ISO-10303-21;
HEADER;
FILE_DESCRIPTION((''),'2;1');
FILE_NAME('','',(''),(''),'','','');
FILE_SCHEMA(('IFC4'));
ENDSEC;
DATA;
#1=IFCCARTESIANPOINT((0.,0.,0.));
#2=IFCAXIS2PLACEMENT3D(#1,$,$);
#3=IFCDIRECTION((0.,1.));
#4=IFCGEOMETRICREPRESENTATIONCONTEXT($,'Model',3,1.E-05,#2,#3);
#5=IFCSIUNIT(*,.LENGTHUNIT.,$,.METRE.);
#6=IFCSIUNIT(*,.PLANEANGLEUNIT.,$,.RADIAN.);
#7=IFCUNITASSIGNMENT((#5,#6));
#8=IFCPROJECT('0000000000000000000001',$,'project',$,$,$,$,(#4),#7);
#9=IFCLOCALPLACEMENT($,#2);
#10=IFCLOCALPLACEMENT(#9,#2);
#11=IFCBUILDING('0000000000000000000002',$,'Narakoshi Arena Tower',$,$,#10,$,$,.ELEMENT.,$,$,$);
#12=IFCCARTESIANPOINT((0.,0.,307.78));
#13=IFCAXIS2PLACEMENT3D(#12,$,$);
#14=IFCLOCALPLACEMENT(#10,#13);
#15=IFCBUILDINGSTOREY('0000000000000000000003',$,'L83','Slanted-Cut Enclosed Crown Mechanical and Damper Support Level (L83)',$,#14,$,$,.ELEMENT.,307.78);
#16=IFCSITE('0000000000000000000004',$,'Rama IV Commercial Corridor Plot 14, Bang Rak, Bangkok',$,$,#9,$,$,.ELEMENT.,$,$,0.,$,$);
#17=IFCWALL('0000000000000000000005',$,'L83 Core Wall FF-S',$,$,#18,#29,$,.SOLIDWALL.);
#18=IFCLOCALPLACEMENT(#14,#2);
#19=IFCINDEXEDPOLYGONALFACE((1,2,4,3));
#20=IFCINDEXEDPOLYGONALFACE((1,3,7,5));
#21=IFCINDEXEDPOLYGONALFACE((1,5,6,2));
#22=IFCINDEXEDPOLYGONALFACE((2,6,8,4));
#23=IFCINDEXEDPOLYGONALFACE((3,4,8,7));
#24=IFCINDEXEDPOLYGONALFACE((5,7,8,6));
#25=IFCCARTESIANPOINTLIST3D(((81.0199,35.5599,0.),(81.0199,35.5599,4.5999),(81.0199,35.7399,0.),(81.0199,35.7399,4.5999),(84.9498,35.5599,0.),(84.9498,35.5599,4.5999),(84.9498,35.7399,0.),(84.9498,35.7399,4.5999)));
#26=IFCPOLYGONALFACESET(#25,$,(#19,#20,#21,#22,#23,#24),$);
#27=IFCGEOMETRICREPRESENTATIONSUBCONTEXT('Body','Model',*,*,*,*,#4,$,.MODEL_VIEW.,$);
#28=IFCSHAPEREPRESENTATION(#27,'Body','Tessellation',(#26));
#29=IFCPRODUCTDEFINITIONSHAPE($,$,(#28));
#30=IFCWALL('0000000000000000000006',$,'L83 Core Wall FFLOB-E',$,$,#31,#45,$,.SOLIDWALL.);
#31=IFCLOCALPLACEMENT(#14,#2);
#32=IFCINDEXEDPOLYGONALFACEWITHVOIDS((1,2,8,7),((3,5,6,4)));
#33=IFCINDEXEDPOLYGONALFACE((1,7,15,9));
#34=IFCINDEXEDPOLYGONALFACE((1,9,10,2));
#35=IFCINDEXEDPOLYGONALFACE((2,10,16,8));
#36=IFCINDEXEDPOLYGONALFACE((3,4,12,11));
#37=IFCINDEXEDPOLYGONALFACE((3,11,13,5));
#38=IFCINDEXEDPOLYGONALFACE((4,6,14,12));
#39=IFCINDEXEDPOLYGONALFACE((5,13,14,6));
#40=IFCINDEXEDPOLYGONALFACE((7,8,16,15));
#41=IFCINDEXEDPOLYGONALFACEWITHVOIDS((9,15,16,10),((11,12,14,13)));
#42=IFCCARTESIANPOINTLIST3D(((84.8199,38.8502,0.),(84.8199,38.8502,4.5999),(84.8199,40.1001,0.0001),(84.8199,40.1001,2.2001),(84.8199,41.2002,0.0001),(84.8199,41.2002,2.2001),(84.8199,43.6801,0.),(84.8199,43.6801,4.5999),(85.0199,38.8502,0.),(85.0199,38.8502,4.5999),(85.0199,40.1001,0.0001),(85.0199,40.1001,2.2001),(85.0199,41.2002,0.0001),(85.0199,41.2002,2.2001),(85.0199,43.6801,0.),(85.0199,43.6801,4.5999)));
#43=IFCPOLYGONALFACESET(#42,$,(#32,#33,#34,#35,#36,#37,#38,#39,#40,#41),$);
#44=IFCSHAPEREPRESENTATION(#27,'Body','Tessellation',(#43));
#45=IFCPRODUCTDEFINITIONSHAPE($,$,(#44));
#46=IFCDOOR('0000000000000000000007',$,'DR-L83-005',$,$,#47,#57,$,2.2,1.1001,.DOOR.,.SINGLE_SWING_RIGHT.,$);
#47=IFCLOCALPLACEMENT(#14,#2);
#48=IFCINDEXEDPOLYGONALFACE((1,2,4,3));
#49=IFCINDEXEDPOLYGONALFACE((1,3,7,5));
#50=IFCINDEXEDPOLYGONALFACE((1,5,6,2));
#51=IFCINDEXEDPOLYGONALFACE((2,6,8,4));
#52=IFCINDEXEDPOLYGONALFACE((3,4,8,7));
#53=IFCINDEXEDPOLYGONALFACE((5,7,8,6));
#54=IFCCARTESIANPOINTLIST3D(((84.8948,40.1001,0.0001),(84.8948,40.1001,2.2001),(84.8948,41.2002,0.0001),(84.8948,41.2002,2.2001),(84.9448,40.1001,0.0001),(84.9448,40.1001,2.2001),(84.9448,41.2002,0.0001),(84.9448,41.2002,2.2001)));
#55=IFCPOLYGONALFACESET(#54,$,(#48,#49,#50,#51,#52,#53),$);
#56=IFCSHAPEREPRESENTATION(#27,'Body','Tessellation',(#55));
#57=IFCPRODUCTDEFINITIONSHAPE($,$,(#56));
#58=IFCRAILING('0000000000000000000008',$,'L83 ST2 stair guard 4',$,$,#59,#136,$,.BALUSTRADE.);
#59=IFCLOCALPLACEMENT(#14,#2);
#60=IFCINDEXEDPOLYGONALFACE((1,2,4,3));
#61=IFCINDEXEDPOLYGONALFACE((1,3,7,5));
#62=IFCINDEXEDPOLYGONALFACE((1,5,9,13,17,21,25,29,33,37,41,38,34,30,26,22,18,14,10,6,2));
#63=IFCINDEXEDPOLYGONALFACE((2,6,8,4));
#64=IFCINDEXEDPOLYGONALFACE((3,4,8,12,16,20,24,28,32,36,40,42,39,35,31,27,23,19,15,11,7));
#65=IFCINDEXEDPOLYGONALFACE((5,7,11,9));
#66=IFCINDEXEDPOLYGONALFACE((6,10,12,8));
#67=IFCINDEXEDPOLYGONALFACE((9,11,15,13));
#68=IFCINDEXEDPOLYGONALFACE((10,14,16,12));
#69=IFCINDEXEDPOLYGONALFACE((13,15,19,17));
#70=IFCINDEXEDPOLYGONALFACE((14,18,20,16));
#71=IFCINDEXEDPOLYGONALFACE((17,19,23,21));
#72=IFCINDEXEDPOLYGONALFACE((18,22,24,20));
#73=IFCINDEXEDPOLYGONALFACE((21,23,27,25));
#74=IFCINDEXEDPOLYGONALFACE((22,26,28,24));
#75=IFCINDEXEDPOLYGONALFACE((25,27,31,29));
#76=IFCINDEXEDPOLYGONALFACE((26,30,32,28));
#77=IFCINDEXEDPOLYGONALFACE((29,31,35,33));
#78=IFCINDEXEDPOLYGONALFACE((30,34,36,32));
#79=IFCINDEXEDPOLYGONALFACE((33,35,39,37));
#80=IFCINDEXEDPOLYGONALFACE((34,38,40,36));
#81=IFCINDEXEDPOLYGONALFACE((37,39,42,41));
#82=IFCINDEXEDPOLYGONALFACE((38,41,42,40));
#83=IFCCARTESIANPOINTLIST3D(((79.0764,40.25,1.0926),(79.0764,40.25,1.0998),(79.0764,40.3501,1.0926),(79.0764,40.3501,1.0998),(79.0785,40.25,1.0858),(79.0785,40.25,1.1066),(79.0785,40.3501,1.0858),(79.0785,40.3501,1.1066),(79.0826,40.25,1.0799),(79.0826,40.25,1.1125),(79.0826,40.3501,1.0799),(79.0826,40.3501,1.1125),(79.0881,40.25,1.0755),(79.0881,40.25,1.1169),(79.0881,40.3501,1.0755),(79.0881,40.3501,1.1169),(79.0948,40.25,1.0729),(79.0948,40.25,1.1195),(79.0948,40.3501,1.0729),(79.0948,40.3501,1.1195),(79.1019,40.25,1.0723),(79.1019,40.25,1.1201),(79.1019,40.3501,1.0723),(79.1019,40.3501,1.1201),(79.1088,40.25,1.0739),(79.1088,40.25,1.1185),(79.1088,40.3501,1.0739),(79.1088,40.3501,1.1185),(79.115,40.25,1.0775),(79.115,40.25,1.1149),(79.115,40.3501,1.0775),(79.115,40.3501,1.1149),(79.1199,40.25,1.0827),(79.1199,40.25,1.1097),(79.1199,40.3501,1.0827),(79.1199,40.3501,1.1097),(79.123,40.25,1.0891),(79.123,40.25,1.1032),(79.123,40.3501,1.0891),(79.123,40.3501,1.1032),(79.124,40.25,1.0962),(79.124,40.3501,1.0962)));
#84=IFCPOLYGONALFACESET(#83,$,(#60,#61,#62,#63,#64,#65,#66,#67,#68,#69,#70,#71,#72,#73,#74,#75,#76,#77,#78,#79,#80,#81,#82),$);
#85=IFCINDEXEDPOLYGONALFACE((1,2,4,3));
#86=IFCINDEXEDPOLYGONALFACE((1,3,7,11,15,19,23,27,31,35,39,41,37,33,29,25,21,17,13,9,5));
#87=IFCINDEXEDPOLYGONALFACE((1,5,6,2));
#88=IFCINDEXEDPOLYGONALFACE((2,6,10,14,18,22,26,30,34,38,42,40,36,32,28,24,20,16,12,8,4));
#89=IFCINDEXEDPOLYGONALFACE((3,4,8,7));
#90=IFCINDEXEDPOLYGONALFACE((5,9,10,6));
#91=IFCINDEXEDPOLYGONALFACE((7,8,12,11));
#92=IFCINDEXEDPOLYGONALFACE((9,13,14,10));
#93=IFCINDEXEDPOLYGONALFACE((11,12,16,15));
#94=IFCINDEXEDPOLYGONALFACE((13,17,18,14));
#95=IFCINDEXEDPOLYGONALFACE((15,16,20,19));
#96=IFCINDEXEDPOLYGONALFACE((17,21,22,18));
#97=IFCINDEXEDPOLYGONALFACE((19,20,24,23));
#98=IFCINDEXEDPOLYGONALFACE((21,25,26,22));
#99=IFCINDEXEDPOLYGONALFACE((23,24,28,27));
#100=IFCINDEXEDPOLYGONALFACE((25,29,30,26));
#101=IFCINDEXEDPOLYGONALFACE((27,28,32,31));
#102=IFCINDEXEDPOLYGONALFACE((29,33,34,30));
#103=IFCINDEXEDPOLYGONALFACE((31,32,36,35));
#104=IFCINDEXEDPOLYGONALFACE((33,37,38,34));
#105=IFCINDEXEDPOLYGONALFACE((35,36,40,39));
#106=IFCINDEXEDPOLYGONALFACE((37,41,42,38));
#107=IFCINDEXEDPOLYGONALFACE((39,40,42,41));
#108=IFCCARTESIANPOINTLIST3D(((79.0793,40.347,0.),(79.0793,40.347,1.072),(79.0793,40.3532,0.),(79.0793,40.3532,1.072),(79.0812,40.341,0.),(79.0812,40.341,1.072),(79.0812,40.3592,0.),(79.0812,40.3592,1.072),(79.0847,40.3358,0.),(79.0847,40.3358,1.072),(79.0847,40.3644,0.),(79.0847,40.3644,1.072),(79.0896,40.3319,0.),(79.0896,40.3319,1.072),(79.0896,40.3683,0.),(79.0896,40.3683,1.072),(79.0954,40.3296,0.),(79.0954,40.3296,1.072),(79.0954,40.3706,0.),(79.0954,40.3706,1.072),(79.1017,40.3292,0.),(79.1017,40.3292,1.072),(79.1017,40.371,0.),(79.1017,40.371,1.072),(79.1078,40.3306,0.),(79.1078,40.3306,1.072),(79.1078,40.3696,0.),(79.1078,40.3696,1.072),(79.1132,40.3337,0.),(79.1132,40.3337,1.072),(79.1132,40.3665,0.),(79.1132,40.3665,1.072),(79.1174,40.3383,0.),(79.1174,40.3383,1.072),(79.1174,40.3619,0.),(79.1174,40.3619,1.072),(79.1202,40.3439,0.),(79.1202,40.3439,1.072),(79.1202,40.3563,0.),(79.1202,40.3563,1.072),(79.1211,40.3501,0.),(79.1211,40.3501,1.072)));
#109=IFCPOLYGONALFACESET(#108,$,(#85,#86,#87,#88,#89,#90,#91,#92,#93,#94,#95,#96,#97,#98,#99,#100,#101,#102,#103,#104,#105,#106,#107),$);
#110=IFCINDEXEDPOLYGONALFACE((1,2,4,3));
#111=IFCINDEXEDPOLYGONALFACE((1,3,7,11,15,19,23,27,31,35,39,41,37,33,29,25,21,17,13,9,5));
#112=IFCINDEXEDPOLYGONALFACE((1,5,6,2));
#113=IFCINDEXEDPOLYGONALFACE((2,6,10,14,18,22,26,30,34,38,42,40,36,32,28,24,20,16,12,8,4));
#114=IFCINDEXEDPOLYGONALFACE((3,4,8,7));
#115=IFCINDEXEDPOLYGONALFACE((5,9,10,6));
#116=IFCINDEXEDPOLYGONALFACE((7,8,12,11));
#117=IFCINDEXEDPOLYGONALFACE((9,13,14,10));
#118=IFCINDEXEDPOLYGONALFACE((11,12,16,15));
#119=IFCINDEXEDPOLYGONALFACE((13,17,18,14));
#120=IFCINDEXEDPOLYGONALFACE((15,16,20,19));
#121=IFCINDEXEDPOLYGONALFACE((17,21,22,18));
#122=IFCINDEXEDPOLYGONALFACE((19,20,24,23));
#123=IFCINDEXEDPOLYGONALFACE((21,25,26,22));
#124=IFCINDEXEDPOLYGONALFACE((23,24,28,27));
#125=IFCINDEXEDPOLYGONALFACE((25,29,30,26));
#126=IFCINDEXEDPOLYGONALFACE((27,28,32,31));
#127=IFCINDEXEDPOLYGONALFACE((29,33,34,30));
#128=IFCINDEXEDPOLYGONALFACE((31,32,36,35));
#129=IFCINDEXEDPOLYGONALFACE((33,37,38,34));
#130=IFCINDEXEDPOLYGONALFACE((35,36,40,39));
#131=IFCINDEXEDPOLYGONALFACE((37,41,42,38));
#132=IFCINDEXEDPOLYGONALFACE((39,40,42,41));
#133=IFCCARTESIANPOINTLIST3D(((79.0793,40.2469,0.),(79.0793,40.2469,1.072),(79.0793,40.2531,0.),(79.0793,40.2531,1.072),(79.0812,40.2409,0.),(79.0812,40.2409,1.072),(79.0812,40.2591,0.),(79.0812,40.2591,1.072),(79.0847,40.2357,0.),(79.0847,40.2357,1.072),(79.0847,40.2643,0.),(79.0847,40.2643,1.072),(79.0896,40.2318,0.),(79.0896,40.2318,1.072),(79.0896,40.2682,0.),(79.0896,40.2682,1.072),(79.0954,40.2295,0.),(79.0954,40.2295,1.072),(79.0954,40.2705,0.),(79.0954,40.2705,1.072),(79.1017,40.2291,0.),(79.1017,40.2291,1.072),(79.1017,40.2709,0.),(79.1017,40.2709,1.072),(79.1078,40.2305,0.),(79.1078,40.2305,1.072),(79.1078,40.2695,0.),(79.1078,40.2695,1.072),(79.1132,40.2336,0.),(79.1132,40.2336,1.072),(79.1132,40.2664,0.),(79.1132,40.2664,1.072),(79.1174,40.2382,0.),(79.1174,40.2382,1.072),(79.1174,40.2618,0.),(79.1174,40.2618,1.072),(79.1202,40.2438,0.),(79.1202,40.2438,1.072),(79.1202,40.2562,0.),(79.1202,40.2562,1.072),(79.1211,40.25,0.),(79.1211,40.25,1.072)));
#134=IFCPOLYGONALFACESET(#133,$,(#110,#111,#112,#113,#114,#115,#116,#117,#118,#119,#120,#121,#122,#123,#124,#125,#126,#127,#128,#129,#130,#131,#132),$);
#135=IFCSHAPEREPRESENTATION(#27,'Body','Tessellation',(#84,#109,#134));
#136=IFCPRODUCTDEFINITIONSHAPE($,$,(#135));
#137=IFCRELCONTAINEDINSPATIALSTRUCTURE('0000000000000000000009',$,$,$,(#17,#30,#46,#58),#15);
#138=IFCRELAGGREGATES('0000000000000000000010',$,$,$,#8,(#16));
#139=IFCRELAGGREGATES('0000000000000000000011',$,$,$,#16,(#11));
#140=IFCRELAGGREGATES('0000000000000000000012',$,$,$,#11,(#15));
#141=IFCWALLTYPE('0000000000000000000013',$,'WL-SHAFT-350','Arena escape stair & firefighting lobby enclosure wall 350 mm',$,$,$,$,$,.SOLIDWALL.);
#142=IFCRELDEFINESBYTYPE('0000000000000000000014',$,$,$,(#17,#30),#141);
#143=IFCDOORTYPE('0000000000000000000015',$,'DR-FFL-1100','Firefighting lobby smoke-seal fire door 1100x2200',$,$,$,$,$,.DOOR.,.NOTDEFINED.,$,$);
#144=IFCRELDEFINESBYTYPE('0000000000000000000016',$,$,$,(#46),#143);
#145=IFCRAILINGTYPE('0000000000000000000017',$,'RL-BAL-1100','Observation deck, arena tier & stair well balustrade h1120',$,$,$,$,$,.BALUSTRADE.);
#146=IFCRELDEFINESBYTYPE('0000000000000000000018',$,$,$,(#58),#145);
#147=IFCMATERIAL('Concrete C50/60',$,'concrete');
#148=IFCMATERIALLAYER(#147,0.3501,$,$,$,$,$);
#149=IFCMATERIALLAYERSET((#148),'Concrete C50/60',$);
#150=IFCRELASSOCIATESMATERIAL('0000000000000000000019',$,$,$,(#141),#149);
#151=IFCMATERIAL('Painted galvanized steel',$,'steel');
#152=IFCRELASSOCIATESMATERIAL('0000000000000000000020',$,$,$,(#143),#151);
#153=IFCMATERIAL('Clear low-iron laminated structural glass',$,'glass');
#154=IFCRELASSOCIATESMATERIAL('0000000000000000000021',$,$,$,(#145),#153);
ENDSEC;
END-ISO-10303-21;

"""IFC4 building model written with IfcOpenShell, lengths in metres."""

from ifc_helpers import new_model, si_unit, direction, frame, frame_2d, origin, origin_2d, place, context, subcontext, project, spatial, rectangle, circle, extrude, material, layer, layer_set, type_object, element, fill, save


model = new_model("IFC4")

# Units and contexts
model_context = context("Model", 3, precision=1e-05, world=origin(), true_north=direction((0.0, 1.0)))
body_context = subcontext(model_context, "Body", "Model", "MODEL_VIEW")
ifc_project = project(units=[si_unit("LENGTHUNIT", "METRE"), si_unit("PLANEANGLEUNIT", "RADIAN")], contexts=[model_context])

# Site, building, storey
site_placement = place(None, origin())
site = spatial("IfcSite", under=ifc_project, at=site_placement, Name="Rama IV Commercial Corridor Plot 14, Bang Rak, Bangkok", CompositionType="ELEMENT", RefElevation=0.0)
building_placement = place(site_placement, origin())
building = spatial("IfcBuilding", under=site, at=building_placement, Name="Narakoshi Arena Tower", CompositionType="ELEMENT")
storey_placement = place(building_placement, frame((0.0, 0.0, 307.78)))
storey = spatial("IfcBuildingStorey", under=building, at=storey_placement, Name="L83", Description="Slanted-Cut Enclosed Crown Mechanical and Damper Support Level (L83)", CompositionType="ELEMENT", Elevation=307.78)

# Shared definitions
ifc_material_1 = material(Name="Concrete C50/60", Category="concrete")
ifc_layer_1 = layer(ifc_material_1, 0.3501)
ifc_layer_set_1 = layer_set([ifc_layer_1], Name="Concrete C50/60")
wall_type_1 = type_object("IfcWallType", Name="WL-SHAFT-350", Description="Arena escape stair & firefighting lobby enclosure wall 350 mm", PredefinedType="SOLIDWALL", material=ifc_layer_set_1)

# Shared definitions
ifc_material_2 = material(Name="Painted galvanized steel", Category="steel")

# Wall
wall_1_placement = place(storey_placement, frame((81.02, 35.6499, 0.0), z_axis=(0.0, 0.0, 1.0), x_axis=(1.0, 0.0, 0.0)))
element("IfcWall", 1, at=wall_1_placement, inside=storey, type_object=wall_type_1, Name="L83 Core Wall FF-S", PredefinedType="SOLIDWALL", context=body_context, shape_type="SweptSolid", body=[
    extrude(rectangle(XDim=3.9299, YDim=0.1799, at=frame_2d((1.9648, 0.0))), origin(), (0.0, 0.0, 1.0), 4.5999),
])

# Wall, opening, door
wall_2_placement = place(storey_placement, frame((84.9199, 38.8501, 0.0), z_axis=(0.0, 0.0, 1.0), x_axis=(0.0, 1.0, 0.0)))
wall_2 = element("IfcWall", 2, at=wall_2_placement, inside=storey, type_object=wall_type_1, Name="L83 Core Wall FFLOB-E", PredefinedType="SOLIDWALL", context=body_context, shape_type="SweptSolid", body=[
    extrude(rectangle(XDim=4.8298, YDim=0.2, at=frame_2d((2.415, 0.0))), origin(), (0.0, 0.0, 1.0), 4.5999),
])
opening_1_placement = place(wall_2_placement, frame((1.25, 0.0, 0.0)))
opening_1 = element("IfcOpeningElement", 3, at=opening_1_placement, cuts=wall_2, PredefinedType="OPENING", context=body_context, shape_type="SweptSolid", body=[
    extrude(rectangle(XDim=1.1001, YDim=2.2, at=frame_2d((0.55, 1.1001))), frame((0.0, 0.1099, 0.0), z_axis=(0.0, -1.0, 0.0), x_axis=(1.0, 0.0, 0.0)), (0.0, 0.0, 1.0), 0.22),
])
door_type_1 = type_object("IfcDoorType", Name="DR-FFL-1100", Description="Firefighting lobby smoke-seal fire door 1100x2200", OperationType="NOTDEFINED", PredefinedType="DOOR", material=ifc_material_2)
door_1_placement = place(opening_1_placement, frame((1.1001, 0.0, 0.0), z_axis=(0.0, 0.0, 1.0), x_axis=(-1.0, 0.0, 0.0)))
door_1 = element("IfcDoor", 4, at=door_1_placement, inside=storey, type_object=door_type_1, Name="DR-L83-005", OperationType="SINGLE_SWING_RIGHT", OverallHeight=2.2, OverallWidth=1.1001, PredefinedType="DOOR", context=body_context, shape_type="SweptSolid", body=[
    extrude(rectangle(XDim=1.1001, YDim=2.2, at=frame_2d((0.55, 1.1001))), frame((0.0, 0.0249, 0.0), z_axis=(0.0, -1.0, 0.0), x_axis=(1.0, 0.0, 0.0)), (0.0, 0.0, 1.0), 0.05),
])
fill(opening_1, door_1)

# Railing
ifc_material_3 = material(Name="Clear low-iron laminated structural glass", Category="glass")
railing_type = type_object("IfcRailingType", Name="RL-BAL-1100", Description="Observation deck, arena tier & stair well balustrade h1120", PredefinedType="BALUSTRADE", material=ifc_material_3)
railing_placement = place(storey_placement, frame((79.1001, 40.3501, 0.0)))
element("IfcRailing", 5, at=railing_placement, inside=storey, type_object=railing_type, Name="L83 ST2 stair guard 4", PredefinedType="BALUSTRADE", context=body_context, shape_type="SweptSolid", body=[
    extrude(circle(Radius=0.0239, at=origin_2d()), frame((0.0, 0.0, 1.0962), z_axis=(0.0, -1.0, 0.0), x_axis=(1.0, 0.0, 0.0)), (0.0, 0.0, 1.0), 0.1001),
    extrude(circle(Radius=0.021, at=origin_2d()), origin(), (0.0, 0.0, 1.0), 1.072),
    extrude(circle(Radius=0.021, at=origin_2d()), frame((0.0, -0.1001, 0.0)), (0.0, 0.0, 1.0), 1.072),
])

save(model, "model.ifc")
